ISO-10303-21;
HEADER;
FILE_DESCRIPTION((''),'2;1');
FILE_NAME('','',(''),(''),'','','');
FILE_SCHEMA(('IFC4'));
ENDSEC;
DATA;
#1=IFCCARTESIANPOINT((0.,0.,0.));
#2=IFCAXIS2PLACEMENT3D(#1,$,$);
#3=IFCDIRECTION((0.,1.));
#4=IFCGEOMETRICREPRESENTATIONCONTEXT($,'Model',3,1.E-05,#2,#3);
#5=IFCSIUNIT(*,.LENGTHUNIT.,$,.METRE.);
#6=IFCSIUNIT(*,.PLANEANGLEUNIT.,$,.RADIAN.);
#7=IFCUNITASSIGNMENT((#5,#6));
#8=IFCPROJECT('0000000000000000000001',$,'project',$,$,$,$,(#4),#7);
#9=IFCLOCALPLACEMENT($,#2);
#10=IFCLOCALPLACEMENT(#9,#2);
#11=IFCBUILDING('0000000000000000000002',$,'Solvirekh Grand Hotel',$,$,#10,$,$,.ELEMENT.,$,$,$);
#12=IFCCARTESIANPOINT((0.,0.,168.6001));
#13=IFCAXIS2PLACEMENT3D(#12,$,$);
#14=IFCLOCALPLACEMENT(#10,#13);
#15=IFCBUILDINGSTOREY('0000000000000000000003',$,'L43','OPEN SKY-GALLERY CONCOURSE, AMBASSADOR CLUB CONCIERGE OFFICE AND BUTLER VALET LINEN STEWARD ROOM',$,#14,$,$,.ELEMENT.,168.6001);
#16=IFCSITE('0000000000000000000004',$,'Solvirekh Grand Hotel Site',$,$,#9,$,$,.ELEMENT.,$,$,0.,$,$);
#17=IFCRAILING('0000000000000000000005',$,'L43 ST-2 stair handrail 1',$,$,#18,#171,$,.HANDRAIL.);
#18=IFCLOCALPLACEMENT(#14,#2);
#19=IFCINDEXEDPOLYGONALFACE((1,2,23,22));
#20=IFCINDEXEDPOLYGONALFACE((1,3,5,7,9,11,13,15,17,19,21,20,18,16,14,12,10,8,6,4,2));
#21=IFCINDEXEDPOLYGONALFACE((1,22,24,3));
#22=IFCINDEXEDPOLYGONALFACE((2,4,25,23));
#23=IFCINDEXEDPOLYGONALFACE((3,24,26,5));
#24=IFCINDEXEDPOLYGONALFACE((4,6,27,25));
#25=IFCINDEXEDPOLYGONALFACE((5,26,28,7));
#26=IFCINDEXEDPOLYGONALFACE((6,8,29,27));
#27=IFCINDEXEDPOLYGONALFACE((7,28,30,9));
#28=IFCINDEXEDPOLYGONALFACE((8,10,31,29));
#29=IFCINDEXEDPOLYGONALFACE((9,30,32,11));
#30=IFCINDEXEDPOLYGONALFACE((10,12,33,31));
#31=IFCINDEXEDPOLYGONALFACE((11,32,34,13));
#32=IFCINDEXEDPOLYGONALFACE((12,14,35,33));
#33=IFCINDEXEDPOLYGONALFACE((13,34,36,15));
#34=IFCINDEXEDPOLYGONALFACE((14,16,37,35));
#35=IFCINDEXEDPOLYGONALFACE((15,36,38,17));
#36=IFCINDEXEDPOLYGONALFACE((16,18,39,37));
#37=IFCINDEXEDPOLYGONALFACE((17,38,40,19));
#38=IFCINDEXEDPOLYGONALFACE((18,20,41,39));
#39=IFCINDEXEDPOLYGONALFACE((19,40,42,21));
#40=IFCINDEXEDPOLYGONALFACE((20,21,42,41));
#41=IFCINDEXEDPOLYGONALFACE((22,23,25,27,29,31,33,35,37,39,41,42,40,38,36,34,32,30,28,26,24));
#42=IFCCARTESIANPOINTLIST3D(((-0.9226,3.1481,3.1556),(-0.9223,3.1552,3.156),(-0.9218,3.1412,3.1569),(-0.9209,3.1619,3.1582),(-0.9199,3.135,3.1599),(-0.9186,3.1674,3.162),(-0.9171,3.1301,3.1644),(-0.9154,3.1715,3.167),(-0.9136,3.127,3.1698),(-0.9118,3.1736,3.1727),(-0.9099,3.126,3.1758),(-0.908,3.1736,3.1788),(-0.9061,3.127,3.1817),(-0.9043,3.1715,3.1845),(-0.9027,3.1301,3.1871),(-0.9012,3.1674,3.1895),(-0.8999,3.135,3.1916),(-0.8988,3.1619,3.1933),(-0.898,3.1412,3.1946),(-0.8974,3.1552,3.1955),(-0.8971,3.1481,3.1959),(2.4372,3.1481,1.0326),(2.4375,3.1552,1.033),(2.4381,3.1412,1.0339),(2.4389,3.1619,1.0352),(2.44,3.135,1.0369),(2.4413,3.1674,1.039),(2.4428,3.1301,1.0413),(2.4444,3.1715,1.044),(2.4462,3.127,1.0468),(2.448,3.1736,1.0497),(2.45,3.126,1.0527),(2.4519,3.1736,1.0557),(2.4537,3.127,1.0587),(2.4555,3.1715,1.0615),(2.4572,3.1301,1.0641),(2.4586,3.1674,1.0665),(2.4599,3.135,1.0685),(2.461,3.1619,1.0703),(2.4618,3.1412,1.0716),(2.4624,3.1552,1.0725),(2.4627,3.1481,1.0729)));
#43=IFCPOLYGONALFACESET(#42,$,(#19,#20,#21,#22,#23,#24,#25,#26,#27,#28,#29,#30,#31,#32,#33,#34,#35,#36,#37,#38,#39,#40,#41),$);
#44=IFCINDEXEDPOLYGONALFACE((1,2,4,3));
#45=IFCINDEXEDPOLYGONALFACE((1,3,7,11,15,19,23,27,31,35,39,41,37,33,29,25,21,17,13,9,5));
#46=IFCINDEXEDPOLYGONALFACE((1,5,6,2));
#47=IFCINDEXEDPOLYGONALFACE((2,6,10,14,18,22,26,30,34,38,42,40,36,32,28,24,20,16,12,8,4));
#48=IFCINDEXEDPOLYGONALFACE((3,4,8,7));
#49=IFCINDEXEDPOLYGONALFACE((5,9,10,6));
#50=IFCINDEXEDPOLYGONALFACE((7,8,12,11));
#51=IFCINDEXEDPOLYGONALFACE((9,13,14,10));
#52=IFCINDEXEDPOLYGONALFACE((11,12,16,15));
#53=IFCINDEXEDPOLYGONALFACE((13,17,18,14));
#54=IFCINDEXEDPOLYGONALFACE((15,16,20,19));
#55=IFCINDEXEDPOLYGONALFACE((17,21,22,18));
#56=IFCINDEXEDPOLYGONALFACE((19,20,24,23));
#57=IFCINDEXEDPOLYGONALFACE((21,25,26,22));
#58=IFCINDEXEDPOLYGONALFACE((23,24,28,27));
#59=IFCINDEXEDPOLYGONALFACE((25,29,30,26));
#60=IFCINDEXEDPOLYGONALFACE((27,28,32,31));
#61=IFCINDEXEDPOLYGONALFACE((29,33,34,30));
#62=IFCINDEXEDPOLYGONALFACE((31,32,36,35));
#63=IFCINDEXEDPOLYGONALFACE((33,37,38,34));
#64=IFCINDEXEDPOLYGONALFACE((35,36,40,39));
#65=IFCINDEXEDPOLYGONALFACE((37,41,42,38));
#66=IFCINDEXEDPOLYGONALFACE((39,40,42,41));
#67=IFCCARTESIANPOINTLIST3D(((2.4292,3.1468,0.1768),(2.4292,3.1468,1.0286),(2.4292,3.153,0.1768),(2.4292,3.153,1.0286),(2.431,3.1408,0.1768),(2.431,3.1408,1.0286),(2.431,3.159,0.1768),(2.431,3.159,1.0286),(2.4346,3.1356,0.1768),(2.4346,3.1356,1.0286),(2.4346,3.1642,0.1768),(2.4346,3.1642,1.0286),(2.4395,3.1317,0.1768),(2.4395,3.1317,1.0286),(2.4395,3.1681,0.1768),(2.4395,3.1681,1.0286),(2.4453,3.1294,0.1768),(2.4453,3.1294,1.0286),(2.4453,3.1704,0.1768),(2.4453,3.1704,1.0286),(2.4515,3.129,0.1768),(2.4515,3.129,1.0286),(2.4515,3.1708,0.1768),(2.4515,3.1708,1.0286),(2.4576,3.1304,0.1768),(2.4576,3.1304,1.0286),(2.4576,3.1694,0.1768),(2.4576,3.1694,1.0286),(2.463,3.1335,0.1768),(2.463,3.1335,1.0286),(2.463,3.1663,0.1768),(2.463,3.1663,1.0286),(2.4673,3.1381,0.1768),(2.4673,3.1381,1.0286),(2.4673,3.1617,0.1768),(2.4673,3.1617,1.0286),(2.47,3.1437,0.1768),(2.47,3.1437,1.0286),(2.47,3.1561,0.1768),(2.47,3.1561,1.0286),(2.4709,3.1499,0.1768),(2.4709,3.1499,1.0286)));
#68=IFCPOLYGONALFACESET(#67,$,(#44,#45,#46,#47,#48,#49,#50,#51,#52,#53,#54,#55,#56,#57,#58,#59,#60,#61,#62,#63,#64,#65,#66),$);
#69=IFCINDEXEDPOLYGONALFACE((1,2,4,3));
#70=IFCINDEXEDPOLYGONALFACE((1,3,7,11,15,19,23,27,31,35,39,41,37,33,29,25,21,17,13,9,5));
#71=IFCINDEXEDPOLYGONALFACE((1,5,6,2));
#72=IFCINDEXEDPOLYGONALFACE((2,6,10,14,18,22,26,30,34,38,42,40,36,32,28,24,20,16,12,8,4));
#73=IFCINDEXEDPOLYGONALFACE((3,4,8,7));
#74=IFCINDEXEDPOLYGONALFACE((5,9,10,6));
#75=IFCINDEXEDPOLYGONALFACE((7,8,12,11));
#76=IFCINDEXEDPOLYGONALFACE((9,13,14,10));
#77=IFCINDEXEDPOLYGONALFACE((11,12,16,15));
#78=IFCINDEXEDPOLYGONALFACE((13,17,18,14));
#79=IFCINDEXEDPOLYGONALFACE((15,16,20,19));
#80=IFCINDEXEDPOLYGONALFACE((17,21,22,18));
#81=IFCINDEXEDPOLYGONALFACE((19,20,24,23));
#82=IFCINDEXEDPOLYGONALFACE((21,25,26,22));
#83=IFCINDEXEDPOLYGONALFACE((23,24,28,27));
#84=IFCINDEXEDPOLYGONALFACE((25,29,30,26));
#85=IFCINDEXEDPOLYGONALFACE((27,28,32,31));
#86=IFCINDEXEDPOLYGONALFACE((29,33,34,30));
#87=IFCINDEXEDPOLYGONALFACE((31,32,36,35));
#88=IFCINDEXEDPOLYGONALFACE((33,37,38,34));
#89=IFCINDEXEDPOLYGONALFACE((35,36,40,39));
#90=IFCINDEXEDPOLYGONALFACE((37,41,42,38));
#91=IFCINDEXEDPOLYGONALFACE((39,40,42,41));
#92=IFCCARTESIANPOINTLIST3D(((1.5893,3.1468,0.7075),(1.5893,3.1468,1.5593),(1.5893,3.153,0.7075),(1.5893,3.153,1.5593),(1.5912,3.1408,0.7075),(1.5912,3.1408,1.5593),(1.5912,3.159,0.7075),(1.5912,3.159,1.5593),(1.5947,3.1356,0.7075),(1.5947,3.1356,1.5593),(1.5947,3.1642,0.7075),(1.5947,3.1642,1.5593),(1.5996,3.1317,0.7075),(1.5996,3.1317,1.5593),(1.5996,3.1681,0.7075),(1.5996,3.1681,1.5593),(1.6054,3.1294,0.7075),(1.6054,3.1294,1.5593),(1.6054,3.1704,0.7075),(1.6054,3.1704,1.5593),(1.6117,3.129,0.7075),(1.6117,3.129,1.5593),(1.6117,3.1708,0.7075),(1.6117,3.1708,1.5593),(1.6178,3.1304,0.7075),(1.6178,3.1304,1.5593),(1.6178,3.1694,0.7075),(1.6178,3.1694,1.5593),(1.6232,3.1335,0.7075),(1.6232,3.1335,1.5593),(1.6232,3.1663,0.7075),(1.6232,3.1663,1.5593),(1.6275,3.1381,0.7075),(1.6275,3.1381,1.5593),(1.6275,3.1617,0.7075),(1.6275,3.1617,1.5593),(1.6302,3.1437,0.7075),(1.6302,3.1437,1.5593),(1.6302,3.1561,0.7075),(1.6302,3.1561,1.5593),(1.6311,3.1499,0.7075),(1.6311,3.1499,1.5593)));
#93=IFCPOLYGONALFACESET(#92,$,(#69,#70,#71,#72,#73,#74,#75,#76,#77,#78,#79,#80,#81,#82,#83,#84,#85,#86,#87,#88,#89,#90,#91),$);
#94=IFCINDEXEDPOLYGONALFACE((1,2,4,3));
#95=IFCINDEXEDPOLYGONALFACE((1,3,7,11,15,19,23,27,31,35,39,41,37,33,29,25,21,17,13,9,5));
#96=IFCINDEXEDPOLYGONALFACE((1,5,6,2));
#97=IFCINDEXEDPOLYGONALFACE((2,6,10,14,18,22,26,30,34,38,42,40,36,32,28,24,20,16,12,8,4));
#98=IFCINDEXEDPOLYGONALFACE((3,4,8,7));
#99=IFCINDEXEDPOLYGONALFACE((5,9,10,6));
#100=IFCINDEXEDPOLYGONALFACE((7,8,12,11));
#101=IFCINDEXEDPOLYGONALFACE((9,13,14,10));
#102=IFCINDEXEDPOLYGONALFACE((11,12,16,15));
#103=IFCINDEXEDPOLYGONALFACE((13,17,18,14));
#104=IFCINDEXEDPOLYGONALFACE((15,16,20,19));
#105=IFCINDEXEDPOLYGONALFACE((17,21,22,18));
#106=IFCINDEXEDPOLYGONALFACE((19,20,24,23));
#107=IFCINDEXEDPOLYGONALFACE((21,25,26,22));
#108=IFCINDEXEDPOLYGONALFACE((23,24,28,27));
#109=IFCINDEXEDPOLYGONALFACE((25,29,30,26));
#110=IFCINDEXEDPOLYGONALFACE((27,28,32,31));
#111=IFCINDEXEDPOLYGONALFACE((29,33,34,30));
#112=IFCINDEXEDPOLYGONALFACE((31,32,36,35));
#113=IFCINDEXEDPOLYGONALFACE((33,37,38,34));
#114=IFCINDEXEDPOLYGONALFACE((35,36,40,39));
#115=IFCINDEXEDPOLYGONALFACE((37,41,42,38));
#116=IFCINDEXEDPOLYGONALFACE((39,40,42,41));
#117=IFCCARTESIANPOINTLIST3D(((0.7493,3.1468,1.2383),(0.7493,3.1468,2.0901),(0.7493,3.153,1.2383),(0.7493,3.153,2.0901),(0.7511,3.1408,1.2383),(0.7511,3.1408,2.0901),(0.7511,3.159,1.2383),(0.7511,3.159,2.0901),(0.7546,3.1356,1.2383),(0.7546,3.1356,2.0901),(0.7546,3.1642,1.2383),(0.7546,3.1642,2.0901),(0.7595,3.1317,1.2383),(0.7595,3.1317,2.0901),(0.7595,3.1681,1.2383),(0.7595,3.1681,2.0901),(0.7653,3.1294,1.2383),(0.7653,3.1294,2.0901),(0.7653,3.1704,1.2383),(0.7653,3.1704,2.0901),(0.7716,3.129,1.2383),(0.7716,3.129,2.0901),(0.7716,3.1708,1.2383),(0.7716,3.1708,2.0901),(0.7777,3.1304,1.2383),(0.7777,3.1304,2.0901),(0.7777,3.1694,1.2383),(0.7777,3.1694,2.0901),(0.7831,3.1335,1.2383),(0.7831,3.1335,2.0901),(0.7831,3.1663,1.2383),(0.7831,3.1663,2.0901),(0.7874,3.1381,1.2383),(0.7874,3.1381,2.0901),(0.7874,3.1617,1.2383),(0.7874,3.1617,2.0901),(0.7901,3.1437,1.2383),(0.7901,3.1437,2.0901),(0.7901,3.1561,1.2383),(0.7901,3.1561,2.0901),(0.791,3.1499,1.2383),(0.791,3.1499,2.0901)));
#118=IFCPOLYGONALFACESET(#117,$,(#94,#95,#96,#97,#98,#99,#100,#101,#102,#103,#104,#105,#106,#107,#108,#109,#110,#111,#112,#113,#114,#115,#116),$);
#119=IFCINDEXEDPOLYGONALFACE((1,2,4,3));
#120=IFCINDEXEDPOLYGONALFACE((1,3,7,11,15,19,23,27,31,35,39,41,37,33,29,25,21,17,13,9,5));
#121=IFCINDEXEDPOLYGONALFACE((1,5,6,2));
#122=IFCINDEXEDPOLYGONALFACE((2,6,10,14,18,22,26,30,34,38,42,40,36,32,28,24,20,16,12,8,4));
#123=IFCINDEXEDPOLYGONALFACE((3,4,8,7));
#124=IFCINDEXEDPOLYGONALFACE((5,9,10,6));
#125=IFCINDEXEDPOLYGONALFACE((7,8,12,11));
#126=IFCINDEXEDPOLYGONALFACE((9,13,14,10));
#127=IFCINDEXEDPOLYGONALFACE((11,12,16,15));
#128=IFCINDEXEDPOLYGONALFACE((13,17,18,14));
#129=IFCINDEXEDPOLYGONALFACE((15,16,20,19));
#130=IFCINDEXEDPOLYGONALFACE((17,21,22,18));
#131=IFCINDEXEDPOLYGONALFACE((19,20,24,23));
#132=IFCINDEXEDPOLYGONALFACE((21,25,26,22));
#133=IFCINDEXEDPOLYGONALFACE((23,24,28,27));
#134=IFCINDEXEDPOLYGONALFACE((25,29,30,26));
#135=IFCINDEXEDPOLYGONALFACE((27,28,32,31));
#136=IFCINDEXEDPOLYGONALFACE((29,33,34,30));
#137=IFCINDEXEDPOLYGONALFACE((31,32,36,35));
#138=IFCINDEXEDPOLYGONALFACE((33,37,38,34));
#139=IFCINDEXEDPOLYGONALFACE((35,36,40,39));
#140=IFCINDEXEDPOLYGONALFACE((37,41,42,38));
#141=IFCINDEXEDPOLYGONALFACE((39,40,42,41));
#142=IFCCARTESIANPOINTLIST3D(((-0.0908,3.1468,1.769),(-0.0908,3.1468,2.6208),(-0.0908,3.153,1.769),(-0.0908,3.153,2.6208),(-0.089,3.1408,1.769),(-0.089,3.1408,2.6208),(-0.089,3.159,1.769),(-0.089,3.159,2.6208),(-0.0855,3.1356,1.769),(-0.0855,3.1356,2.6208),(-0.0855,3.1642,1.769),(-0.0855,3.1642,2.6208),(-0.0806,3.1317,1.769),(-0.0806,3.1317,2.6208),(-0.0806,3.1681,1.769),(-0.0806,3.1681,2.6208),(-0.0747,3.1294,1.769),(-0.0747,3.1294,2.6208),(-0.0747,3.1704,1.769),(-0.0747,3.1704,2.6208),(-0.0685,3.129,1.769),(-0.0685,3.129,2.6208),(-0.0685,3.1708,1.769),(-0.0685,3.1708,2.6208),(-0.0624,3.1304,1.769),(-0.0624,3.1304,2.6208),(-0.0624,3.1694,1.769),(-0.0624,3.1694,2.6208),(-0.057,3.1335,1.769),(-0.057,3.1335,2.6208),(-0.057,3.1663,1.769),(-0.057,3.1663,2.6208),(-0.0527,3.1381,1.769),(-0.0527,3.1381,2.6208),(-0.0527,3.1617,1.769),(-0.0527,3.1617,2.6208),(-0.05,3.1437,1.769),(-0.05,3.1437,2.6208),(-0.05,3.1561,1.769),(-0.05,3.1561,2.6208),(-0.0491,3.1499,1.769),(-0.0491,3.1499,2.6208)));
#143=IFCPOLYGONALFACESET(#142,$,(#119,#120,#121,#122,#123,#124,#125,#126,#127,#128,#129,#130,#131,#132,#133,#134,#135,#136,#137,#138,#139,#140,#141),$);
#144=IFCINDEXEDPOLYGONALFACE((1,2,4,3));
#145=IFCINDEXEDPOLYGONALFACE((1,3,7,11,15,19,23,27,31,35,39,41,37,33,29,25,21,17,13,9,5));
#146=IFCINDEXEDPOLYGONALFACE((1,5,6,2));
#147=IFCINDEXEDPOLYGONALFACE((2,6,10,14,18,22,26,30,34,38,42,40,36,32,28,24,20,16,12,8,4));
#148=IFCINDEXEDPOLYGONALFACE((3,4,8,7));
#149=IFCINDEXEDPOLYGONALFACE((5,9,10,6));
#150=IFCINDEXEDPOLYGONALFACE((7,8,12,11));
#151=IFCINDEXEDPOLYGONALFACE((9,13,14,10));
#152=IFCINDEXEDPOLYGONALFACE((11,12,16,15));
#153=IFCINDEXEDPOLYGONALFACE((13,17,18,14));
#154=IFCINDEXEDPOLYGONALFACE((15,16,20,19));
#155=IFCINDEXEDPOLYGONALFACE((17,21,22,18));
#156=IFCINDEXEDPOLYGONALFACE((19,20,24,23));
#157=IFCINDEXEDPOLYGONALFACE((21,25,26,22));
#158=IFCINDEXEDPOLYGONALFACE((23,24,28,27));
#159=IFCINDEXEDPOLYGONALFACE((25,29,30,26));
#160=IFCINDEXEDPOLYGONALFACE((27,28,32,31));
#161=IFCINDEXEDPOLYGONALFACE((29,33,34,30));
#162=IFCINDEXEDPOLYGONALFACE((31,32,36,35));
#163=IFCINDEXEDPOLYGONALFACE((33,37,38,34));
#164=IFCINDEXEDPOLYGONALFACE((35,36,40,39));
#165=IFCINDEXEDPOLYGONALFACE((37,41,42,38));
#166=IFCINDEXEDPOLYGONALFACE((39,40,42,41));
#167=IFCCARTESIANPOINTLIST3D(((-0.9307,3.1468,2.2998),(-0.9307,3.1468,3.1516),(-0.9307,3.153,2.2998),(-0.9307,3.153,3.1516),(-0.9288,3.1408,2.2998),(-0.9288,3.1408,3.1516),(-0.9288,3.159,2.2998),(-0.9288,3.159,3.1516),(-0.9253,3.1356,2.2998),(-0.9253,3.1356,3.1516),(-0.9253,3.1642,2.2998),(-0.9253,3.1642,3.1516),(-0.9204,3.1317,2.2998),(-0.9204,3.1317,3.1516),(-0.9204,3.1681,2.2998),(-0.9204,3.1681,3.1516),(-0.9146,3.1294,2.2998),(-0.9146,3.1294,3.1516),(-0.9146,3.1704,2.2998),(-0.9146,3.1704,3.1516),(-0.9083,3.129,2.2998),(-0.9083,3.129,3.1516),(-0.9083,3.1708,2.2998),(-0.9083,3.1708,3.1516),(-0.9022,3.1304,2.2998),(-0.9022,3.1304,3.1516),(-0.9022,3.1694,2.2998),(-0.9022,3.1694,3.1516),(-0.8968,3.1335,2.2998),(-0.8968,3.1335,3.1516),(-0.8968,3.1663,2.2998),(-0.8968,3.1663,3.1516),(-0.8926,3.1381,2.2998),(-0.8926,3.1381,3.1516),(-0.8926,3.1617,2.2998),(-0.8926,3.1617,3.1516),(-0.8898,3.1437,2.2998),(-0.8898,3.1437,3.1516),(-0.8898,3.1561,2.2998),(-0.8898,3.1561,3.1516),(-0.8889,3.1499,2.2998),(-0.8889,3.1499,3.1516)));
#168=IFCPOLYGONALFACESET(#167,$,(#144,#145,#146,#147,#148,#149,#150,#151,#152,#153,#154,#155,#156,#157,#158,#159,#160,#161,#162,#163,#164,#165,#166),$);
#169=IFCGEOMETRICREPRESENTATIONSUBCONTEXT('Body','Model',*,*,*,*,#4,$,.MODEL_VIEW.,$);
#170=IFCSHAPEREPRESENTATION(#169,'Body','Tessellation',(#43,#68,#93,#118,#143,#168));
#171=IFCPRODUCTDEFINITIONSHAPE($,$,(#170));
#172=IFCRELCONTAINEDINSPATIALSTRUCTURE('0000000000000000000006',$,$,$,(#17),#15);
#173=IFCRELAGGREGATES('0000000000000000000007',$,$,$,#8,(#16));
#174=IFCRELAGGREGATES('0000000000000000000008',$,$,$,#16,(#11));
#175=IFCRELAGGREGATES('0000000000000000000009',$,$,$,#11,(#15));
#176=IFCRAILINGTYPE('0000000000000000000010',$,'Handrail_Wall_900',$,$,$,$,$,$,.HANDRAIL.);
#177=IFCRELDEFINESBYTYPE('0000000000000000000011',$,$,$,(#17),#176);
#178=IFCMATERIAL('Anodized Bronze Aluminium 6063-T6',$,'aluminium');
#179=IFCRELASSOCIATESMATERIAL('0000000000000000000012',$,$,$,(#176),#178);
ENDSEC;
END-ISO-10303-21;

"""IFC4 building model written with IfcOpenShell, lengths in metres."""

from ifc_helpers import new_model, si_unit, direction, frame, origin, origin_2d, place, context, subcontext, project, spatial, circle, extrude, material, type_object, element, save


model = new_model("IFC4")

# Units and contexts
model_context = context("Model", 3, precision=1e-05, world=origin(), true_north=direction((0.0, 1.0)))
body_context = subcontext(model_context, "Body", "Model", "MODEL_VIEW")
ifc_project = project(units=[si_unit("LENGTHUNIT", "METRE"), si_unit("PLANEANGLEUNIT", "RADIAN")], contexts=[model_context])

# Site, building, storey
site_placement = place(None, origin())
site = spatial("IfcSite", under=ifc_project, at=site_placement, Name="Solvirekh Grand Hotel Site", CompositionType="ELEMENT", RefElevation=0.0)
building_placement = place(site_placement, origin())
building = spatial("IfcBuilding", under=site, at=building_placement, Name="Solvirekh Grand Hotel", CompositionType="ELEMENT")
storey_placement = place(building_placement, frame((0.0, 0.0, 168.6001)))
storey = spatial("IfcBuildingStorey", under=building, at=storey_placement, Name="L43", Description="OPEN SKY-GALLERY CONCOURSE, AMBASSADOR CLUB CONCIERGE OFFICE AND BUTLER VALET LINEN STEWARD ROOM", CompositionType="ELEMENT", Elevation=168.6001)

# Railing
ifc_material_1 = material(Name="Anodized Bronze Aluminium 6063-T6", Category="aluminium")
railing_type_1 = type_object("IfcRailingType", Name="Handrail_Wall_900", PredefinedType="HANDRAIL", material=ifc_material_1)
railing_1_placement = place(storey_placement, frame((2.45, 3.1499, 0.1768)))
element("IfcRailing", 1, at=railing_1_placement, inside=storey, type_object=railing_type_1, Name="L43 ST-2 stair handrail 1", PredefinedType="HANDRAIL", context=body_context, shape_type="SweptSolid", body=[
    extrude(circle(Radius=0.0239, at=origin_2d()), frame((0.0, 0.0, 0.876), z_axis=(-0.845372, 0.0, 0.534178), x_axis=(0.0, -1.0, 0.0)), (0.0, 0.0, 1.0), 3.9744),
    extrude(circle(Radius=0.021, at=origin_2d()), origin(), (0.0, 0.0, 1.0), 0.8518),
    extrude(circle(Radius=0.021, at=origin_2d()), frame((-0.8398, 0.0, 0.5308)), (0.0, 0.0, 1.0), 0.8518),
    extrude(circle(Radius=0.021, at=origin_2d()), frame((-1.6799, 0.0, 1.0615)), (0.0, 0.0, 1.0), 0.8518),
    extrude(circle(Radius=0.021, at=origin_2d()), frame((-2.52, 0.0, 1.5923)), (0.0, 0.0, 1.0), 0.8518),
    extrude(circle(Radius=0.021, at=origin_2d()), frame((-3.3599, 0.0, 2.123)), (0.0, 0.0, 1.0), 0.8518),
])

save(model, "model.ifc")
